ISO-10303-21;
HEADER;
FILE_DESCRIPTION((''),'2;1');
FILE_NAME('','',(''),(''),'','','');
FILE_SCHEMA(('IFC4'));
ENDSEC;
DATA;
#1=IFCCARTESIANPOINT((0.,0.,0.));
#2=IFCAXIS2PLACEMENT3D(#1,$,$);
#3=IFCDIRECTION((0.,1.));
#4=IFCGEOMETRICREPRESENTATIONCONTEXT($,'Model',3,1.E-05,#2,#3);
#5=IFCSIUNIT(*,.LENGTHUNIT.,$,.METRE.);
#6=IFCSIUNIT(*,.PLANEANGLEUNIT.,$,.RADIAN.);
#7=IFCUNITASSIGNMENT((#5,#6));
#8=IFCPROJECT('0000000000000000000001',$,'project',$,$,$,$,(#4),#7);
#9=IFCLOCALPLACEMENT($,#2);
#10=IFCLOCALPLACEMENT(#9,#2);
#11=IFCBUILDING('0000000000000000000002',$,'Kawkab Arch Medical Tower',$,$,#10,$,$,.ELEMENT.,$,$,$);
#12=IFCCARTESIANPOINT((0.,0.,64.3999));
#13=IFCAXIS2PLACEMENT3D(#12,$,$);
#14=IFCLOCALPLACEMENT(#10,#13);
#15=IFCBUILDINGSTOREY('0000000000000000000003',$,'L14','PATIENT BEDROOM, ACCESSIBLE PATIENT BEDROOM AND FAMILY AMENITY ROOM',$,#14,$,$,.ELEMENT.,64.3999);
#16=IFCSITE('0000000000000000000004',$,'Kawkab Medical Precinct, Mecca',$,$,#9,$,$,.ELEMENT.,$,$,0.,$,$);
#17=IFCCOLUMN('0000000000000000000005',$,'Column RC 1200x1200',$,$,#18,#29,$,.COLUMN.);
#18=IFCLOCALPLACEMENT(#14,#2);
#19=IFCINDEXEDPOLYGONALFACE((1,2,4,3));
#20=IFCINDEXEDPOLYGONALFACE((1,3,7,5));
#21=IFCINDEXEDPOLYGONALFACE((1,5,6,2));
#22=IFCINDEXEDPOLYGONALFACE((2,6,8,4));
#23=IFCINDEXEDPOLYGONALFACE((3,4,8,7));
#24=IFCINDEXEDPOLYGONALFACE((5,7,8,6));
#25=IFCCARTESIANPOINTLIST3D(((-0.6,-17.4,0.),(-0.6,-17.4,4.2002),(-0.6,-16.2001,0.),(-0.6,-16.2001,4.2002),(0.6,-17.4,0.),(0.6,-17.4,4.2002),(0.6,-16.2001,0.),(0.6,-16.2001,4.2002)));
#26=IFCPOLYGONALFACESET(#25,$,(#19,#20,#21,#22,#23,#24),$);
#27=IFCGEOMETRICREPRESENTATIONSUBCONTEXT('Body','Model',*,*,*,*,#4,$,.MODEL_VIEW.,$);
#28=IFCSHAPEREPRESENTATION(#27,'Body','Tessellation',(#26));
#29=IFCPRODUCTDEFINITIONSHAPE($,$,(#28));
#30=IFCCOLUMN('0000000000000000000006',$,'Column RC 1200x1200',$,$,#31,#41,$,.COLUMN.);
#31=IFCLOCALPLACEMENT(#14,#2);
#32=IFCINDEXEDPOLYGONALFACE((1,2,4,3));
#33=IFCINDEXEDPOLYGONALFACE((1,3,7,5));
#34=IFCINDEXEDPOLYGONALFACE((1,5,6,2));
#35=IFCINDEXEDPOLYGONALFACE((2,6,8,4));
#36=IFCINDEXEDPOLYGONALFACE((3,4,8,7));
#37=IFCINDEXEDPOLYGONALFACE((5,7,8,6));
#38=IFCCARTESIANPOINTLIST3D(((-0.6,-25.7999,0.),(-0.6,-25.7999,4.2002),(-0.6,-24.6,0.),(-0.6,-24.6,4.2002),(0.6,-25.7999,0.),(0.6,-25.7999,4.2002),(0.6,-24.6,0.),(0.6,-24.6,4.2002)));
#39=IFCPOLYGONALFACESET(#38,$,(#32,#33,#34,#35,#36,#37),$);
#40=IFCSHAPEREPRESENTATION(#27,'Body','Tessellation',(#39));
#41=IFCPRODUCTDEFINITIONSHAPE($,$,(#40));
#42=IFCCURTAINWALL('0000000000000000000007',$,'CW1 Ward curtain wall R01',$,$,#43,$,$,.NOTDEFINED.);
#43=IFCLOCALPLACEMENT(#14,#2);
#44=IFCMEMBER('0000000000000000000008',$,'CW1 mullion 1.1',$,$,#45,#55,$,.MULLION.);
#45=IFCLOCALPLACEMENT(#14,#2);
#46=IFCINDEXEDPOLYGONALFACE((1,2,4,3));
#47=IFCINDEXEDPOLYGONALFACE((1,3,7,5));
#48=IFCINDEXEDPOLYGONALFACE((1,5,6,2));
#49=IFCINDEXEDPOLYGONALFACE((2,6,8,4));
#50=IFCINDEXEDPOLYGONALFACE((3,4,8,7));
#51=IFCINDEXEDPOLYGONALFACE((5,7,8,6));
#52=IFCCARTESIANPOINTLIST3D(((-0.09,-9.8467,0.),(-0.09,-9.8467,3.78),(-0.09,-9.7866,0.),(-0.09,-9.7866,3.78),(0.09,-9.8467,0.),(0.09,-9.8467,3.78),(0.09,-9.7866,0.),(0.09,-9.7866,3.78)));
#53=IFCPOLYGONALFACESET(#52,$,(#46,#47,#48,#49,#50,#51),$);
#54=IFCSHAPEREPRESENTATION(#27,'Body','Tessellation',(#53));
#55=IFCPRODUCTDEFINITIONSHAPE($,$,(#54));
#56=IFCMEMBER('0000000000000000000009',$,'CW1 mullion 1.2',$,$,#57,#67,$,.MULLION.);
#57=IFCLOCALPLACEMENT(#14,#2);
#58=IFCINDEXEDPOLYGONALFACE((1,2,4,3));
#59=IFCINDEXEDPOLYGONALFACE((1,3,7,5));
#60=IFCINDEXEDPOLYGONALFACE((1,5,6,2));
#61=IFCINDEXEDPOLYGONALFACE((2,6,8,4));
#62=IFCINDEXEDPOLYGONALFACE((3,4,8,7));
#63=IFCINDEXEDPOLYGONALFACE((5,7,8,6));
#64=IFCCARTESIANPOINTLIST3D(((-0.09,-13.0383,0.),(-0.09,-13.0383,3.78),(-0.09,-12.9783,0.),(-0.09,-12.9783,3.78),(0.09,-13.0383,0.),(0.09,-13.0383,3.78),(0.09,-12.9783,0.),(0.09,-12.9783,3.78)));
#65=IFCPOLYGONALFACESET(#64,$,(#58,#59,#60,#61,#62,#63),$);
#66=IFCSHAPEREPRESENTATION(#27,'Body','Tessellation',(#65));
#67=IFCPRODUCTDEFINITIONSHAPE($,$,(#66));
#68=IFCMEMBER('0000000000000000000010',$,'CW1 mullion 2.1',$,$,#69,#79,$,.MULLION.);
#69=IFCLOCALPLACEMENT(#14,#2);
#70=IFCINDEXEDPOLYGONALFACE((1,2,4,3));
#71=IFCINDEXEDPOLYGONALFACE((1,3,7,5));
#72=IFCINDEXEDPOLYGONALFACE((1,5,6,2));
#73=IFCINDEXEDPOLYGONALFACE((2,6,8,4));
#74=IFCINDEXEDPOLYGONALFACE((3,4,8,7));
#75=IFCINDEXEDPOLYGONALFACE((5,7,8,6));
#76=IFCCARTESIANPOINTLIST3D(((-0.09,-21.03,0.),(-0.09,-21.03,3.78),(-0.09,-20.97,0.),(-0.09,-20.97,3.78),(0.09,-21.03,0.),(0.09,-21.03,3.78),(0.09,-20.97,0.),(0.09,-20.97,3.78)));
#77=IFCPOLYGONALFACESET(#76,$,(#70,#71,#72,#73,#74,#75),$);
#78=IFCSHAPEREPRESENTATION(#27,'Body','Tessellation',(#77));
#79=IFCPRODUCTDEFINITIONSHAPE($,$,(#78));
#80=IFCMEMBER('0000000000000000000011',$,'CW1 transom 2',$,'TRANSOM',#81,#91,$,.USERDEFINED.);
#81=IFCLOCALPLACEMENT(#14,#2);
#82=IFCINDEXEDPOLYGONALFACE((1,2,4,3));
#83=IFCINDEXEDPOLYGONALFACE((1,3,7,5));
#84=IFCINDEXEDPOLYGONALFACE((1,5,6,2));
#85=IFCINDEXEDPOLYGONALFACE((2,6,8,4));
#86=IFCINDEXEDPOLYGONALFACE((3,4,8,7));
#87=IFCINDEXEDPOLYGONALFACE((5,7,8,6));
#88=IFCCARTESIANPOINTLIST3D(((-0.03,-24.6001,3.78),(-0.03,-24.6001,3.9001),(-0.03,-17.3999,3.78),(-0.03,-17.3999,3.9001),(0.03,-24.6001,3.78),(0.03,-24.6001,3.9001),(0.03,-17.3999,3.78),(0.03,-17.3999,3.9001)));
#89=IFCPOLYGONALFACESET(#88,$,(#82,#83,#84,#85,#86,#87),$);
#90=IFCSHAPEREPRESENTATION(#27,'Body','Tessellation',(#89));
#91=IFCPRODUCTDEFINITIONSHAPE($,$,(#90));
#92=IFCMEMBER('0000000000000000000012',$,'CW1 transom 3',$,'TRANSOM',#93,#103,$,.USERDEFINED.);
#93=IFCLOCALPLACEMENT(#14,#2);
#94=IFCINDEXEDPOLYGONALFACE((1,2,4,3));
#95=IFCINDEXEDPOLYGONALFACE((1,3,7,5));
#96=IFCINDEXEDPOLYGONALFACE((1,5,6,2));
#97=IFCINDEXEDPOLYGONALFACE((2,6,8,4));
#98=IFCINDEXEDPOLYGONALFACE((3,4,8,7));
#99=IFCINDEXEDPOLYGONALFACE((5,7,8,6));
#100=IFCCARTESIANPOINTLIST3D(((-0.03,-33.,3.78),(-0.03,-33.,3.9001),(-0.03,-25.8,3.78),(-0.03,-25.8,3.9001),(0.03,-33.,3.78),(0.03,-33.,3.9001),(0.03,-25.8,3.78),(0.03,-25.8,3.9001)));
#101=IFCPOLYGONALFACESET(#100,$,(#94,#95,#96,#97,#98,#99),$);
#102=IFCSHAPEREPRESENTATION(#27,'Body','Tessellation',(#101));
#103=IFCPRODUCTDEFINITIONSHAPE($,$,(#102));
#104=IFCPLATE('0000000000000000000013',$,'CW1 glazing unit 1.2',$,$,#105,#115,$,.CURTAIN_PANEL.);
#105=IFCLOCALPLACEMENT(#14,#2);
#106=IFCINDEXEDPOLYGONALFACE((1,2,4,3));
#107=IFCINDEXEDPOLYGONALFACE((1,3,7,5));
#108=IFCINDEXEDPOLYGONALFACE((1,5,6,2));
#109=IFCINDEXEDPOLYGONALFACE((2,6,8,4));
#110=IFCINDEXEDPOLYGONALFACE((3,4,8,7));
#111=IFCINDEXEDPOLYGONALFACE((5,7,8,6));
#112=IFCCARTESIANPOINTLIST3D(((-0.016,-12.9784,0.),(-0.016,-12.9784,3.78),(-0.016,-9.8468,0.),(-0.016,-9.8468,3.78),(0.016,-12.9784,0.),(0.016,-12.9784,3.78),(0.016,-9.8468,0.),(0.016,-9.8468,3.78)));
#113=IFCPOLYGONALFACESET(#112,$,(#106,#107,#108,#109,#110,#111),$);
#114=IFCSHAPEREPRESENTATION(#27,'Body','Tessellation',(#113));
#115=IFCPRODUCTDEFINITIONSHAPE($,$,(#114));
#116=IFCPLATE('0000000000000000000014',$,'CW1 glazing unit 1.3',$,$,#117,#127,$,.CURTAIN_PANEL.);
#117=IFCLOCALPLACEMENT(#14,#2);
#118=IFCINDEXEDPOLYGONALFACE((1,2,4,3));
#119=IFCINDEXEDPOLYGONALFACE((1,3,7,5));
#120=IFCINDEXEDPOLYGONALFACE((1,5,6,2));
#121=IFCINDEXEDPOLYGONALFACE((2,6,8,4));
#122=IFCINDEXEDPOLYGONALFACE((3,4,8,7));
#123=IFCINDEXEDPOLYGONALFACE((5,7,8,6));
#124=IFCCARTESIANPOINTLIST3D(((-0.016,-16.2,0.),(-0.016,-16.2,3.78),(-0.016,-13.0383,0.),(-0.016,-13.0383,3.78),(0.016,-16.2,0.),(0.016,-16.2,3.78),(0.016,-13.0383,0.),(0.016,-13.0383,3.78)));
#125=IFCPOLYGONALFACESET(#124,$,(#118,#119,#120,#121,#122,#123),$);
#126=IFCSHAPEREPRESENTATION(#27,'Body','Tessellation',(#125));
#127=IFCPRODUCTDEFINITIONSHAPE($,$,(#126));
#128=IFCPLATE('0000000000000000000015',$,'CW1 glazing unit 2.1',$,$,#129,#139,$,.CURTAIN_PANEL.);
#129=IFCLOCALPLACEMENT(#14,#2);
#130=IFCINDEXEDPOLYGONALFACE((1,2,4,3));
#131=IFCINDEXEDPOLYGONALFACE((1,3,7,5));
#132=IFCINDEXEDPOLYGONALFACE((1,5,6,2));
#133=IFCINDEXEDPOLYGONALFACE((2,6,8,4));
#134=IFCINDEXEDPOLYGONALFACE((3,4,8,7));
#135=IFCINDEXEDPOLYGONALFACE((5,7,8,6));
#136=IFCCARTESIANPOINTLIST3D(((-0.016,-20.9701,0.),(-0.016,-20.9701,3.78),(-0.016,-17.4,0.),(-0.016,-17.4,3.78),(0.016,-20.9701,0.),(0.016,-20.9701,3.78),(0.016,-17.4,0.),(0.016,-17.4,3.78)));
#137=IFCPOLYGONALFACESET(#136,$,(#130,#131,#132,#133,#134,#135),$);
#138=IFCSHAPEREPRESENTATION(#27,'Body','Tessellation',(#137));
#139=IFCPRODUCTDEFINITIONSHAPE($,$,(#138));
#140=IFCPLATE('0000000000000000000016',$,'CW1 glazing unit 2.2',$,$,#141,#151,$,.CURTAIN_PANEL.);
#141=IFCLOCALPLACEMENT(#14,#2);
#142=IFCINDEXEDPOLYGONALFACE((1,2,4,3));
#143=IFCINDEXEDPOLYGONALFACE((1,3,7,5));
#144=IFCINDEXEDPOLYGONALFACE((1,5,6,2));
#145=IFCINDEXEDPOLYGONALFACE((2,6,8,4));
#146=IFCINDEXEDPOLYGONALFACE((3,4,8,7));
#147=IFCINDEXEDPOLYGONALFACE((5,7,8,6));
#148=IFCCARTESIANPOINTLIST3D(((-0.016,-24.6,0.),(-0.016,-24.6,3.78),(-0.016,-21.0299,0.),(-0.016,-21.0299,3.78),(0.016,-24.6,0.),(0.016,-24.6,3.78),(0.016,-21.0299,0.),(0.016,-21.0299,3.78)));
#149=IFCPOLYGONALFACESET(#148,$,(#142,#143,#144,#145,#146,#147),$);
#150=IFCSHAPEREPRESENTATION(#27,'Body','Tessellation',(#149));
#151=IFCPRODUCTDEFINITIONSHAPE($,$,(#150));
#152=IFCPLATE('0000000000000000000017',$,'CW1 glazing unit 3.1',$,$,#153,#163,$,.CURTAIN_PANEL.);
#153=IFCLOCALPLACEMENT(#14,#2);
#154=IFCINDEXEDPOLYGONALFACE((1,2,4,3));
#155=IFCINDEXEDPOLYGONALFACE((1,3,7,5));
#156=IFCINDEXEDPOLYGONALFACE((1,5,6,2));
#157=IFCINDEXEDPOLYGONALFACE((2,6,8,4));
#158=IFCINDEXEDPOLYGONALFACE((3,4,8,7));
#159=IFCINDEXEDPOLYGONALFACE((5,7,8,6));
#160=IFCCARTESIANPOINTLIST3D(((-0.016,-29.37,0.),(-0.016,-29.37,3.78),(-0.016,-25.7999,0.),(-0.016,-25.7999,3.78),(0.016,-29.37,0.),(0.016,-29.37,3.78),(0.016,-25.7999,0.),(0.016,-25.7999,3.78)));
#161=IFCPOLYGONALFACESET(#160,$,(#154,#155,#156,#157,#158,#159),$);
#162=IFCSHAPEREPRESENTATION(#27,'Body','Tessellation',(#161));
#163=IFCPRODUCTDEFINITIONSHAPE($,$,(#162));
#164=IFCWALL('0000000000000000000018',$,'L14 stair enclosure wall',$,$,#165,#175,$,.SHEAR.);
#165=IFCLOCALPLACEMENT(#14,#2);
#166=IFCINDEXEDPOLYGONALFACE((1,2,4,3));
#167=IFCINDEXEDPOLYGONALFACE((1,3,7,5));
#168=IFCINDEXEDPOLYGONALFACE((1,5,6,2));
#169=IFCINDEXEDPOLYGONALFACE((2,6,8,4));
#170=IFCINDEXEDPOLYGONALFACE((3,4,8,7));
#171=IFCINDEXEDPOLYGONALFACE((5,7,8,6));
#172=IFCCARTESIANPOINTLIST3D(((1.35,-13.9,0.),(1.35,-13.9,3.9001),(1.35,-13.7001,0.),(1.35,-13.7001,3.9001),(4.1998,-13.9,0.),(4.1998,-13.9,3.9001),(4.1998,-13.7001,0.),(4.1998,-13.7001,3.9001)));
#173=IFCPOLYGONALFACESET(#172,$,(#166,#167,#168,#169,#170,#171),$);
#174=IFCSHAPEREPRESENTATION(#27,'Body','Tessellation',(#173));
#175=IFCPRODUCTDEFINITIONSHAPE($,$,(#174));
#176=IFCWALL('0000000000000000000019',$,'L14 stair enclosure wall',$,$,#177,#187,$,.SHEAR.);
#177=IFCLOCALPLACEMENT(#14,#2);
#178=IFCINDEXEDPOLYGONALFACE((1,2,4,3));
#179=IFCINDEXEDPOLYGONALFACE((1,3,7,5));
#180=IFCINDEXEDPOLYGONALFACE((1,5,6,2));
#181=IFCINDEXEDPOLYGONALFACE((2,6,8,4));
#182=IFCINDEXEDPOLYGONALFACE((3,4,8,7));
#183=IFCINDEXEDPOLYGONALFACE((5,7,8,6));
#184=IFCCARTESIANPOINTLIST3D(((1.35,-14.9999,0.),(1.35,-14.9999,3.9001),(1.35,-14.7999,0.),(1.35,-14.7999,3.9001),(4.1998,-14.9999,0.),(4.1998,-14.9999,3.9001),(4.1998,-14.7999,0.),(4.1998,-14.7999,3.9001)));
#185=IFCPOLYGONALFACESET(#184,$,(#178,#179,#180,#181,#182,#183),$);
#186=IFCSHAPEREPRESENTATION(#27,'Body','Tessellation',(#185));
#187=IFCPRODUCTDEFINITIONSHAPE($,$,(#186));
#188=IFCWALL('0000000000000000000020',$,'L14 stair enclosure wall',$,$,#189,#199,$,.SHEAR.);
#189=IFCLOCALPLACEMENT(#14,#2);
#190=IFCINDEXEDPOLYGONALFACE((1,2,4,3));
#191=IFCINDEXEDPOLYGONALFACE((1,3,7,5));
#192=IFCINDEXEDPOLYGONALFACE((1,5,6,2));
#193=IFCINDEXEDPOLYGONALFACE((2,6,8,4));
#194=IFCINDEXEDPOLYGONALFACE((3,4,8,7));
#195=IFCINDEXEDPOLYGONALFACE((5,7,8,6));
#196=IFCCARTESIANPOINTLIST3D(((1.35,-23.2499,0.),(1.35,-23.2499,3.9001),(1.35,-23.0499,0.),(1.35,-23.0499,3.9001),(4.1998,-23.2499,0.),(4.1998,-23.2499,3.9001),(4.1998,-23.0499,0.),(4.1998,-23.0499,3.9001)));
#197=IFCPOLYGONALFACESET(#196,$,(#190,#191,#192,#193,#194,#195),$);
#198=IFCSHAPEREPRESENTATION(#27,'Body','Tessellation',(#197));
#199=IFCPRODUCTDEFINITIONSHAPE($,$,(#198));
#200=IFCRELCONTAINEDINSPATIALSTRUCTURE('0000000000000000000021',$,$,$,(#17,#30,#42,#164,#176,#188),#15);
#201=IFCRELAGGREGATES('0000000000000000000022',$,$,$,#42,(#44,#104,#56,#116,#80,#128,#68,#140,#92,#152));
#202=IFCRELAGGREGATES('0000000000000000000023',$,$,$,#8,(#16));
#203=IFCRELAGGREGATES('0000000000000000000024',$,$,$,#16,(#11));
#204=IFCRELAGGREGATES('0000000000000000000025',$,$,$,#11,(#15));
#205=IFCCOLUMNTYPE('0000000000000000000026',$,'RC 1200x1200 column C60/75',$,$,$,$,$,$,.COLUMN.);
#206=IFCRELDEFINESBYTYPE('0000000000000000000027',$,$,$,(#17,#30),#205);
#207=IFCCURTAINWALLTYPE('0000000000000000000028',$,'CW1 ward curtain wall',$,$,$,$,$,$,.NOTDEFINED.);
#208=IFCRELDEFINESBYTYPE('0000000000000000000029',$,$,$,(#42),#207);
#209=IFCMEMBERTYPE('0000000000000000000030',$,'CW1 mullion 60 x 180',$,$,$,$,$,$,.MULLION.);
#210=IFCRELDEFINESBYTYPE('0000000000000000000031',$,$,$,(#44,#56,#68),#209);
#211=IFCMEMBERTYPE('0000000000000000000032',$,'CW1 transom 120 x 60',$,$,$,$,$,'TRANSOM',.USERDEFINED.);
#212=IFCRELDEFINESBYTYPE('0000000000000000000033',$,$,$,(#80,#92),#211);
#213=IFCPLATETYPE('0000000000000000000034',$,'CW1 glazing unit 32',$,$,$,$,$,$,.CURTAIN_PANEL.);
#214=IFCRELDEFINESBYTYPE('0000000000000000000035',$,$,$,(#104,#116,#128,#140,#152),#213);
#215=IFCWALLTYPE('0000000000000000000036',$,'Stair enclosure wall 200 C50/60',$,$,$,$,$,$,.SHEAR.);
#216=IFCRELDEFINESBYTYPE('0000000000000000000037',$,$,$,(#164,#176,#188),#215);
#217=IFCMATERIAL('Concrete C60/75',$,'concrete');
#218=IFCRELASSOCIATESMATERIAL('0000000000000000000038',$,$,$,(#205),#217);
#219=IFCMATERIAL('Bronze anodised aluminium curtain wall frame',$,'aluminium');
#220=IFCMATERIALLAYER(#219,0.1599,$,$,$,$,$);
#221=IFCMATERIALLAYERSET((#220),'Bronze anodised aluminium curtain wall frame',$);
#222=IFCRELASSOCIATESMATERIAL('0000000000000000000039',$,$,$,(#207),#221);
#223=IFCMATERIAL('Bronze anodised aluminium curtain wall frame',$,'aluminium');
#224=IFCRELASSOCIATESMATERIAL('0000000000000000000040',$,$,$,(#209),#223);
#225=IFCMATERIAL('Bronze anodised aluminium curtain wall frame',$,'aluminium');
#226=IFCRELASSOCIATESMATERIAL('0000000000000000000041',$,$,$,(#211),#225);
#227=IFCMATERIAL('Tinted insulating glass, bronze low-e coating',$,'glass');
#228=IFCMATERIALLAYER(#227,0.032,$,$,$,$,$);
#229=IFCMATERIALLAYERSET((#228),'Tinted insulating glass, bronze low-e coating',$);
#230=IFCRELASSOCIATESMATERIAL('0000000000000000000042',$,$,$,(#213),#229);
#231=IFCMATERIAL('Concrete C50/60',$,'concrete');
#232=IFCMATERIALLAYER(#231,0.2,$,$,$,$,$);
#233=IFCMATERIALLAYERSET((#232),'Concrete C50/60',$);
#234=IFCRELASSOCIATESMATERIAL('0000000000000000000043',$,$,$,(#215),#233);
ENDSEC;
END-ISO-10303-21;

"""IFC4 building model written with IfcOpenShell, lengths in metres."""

from ifc_helpers import new_model, si_unit, direction, frame, frame_2d, origin, origin_2d, place, context, subcontext, project, spatial, rectangle, extrude, material, layer, layer_set, material_profile, profile_set, type_object, element, aggregate, save


model = new_model("IFC4")

# Units and contexts
model_context = context("Model", 3, precision=1e-05, world=origin(), true_north=direction((0.0, 1.0)))
body_context = subcontext(model_context, "Body", "Model", "MODEL_VIEW")
ifc_project = project(units=[si_unit("LENGTHUNIT", "METRE"), si_unit("PLANEANGLEUNIT", "RADIAN")], contexts=[model_context])

# Site, building, storey
site_placement = place(None, origin())
site = spatial("IfcSite", under=ifc_project, at=site_placement, Name="Kawkab Medical Precinct, Mecca", CompositionType="ELEMENT", RefElevation=0.0)
building_placement = place(site_placement, origin())
building = spatial("IfcBuilding", under=site, at=building_placement, Name="Kawkab Arch Medical Tower", CompositionType="ELEMENT")
storey_placement = place(building_placement, frame((0.0, 0.0, 64.3999)))
storey = spatial("IfcBuildingStorey", under=building, at=storey_placement, Name="L14", Description="PATIENT BEDROOM, ACCESSIBLE PATIENT BEDROOM AND FAMILY AMENITY ROOM", CompositionType="ELEMENT", Elevation=64.3999)

# Columns
ifc_material_1 = material(Name="Concrete C60/75", Category="concrete")
ifc_material_profile_1 = material_profile(ifc_material_1, rectangle(XDim=1.2, YDim=1.2, at=origin_2d()), Name="RC 1200x1200")
ifc_profile_set_1 = profile_set([ifc_material_profile_1], Name="Concrete C60/75")
column_type = type_object("IfcColumnType", Name="RC 1200x1200 column C60/75", PredefinedType="COLUMN", material=ifc_profile_set_1)
for number, where, z_axis, x_axis, name in (
    (1, (0.0, -16.8, 0.0), (0.0, 0.0, 1.0), (1.0, 0.0, 0.0), "Column RC 1200x1200"),
    (2, (0.0, -25.2, 0.0), (0.0, 0.0, 1.0), (1.0, 0.0, 0.0), "Column RC 1200x1200"),
):
    element("IfcColumn", number, at=place(storey_placement, frame(where, z_axis=z_axis, x_axis=x_axis)), inside=storey, type_object=column_type, Name=name, PredefinedType="COLUMN", context=body_context, shape_type="SweptSolid", body=[
        extrude(rectangle(XDim=1.2, YDim=1.2, at=origin_2d()), origin(), (0.0, 0.0, 1.0), 4.2002),
    ])

# Curtain wall, members, plates
ifc_material_2 = material(Name="Bronze anodised aluminium curtain wall frame", Category="aluminium")
ifc_layer_1 = layer(ifc_material_2, 0.1599)
ifc_layer_set_1 = layer_set([ifc_layer_1], Name="Bronze anodised aluminium curtain wall frame")
curtain_wall_type = type_object("IfcCurtainWallType", Name="CW1 ward curtain wall", PredefinedType="NOTDEFINED", material=ifc_layer_set_1)
placement = place(storey_placement, origin())
curtain_wall = element("IfcCurtainWall", 3, at=placement, inside=storey, type_object=curtain_wall_type, Name="CW1 Ward curtain wall R01", PredefinedType="NOTDEFINED")
ifc_material_3 = material(Name="Bronze anodised aluminium curtain wall frame", Category="aluminium")
ifc_material_profile_2 = material_profile(ifc_material_3, rectangle(XDim=0.1799, YDim=0.0601, at=origin_2d()), Name="AL 60x180")
ifc_profile_set_2 = profile_set([ifc_material_profile_2], Name="Bronze anodised aluminium curtain wall frame")
member_type_1 = type_object("IfcMemberType", Name="CW1 mullion 60 x 180", PredefinedType="MULLION", material=ifc_profile_set_2)
member_1_placement = place(storey_placement, frame((0.0, -9.8167, 0.0), z_axis=(0.0, 0.0, 1.0), x_axis=(1.0, 0.0, 0.0)))
member_1 = element("IfcMember", 4, at=member_1_placement, type_object=member_type_1, Name="CW1 mullion 1.1", PredefinedType="MULLION", context=body_context, shape_type="SweptSolid", body=[
    extrude(rectangle(XDim=0.1799, YDim=0.0601, at=origin_2d()), origin(), (0.0, 0.0, 1.0), 3.78),
])
member_2_placement = place(storey_placement, frame((0.0, -13.0083, 0.0), z_axis=(0.0, 0.0, 1.0), x_axis=(1.0, 0.0, 0.0)))
member_2 = element("IfcMember", 5, at=member_2_placement, type_object=member_type_1, Name="CW1 mullion 1.2", PredefinedType="MULLION", context=body_context, shape_type="SweptSolid", body=[
    extrude(rectangle(XDim=0.1799, YDim=0.0601, at=origin_2d()), origin(), (0.0, 0.0, 1.0), 3.78),
])
member_3_placement = place(storey_placement, frame((0.0, -21.0, 0.0), z_axis=(0.0, 0.0, 1.0), x_axis=(1.0, 0.0, 0.0)))
member_3 = element("IfcMember", 6, at=member_3_placement, type_object=member_type_1, Name="CW1 mullion 2.1", PredefinedType="MULLION", context=body_context, shape_type="SweptSolid", body=[
    extrude(rectangle(XDim=0.1799, YDim=0.0601, at=origin_2d()), origin(), (0.0, 0.0, 1.0), 3.78),
])
ifc_material_4 = material(Name="Bronze anodised aluminium curtain wall frame", Category="aluminium")
ifc_material_profile_3 = material_profile(ifc_material_4, rectangle(XDim=0.0601, YDim=0.1201, at=origin_2d()), Name="AL 60x120")
ifc_profile_set_3 = profile_set([ifc_material_profile_3], Name="Bronze anodised aluminium curtain wall frame")
member_type_2 = type_object("IfcMemberType", Name="CW1 transom 120 x 60", ElementType="TRANSOM", PredefinedType="USERDEFINED", material=ifc_profile_set_3)
member_4_placement = place(storey_placement, frame((0.0, -17.3999, 3.8401), z_axis=(0.0, -1.0, 0.0), x_axis=(1.0, 0.0, 0.0)))
member_4 = element("IfcMember", 7, at=member_4_placement, type_object=member_type_2, Name="CW1 transom 2", ObjectType="TRANSOM", PredefinedType="USERDEFINED", context=body_context, shape_type="SweptSolid", body=[
    extrude(rectangle(XDim=0.0601, YDim=0.1201, at=origin_2d()), origin(), (0.0, 0.0, 1.0), 7.2002),
])
member_5_placement = place(storey_placement, frame((0.0, -25.8, 3.8401), z_axis=(0.0, -1.0, 0.0), x_axis=(1.0, 0.0, 0.0)))
member_5 = element("IfcMember", 8, at=member_5_placement, type_object=member_type_2, Name="CW1 transom 3", ObjectType="TRANSOM", PredefinedType="USERDEFINED", context=body_context, shape_type="SweptSolid", body=[
    extrude(rectangle(XDim=0.0601, YDim=0.1201, at=origin_2d()), origin(), (0.0, 0.0, 1.0), 7.2),
])
ifc_material_5 = material(Name="Tinted insulating glass, bronze low-e coating", Category="glass")
ifc_layer_2 = layer(ifc_material_5, 0.032)
ifc_layer_set_2 = layer_set([ifc_layer_2], Name="Tinted insulating glass, bronze low-e coating")
plate_type = type_object("IfcPlateType", Name="CW1 glazing unit 32", PredefinedType="CURTAIN_PANEL", material=ifc_layer_set_2)
plate_1_placement = place(storey_placement, frame((0.0, -11.4126, 0.0), z_axis=(0.0, 0.0, 1.0), x_axis=(0.0, -1.0, 0.0)))
plate_1 = element("IfcPlate", 9, at=plate_1_placement, type_object=plate_type, Name="CW1 glazing unit 1.2", PredefinedType="CURTAIN_PANEL", context=body_context, shape_type="SweptSolid", body=[
    extrude(rectangle(XDim=3.1316, YDim=0.032, at=origin_2d()), origin(), (0.0, 0.0, 1.0), 3.78),
])
plate_2_placement = place(storey_placement, frame((0.0, -14.6191, 0.0), z_axis=(0.0, 0.0, 1.0), x_axis=(0.0, -1.0, 0.0)))
plate_2 = element("IfcPlate", 10, at=plate_2_placement, type_object=plate_type, Name="CW1 glazing unit 1.3", PredefinedType="CURTAIN_PANEL", context=body_context, shape_type="SweptSolid", body=[
    extrude(rectangle(XDim=3.1616, YDim=0.032, at=origin_2d()), origin(), (0.0, 0.0, 1.0), 3.78),
])
plate_3_placement = place(storey_placement, frame((0.0, -19.1851, 0.0), z_axis=(0.0, 0.0, 1.0), x_axis=(0.0, -1.0, 0.0)))
plate_3 = element("IfcPlate", 11, at=plate_3_placement, type_object=plate_type, Name="CW1 glazing unit 2.1", PredefinedType="CURTAIN_PANEL", context=body_context, shape_type="SweptSolid", body=[
    extrude(rectangle(XDim=3.5701, YDim=0.032, at=origin_2d()), origin(), (0.0, 0.0, 1.0), 3.78),
])
plate_4_placement = place(storey_placement, frame((0.0, -22.8149, 0.0), z_axis=(0.0, 0.0, 1.0), x_axis=(0.0, -1.0, 0.0)))
plate_4 = element("IfcPlate", 12, at=plate_4_placement, type_object=plate_type, Name="CW1 glazing unit 2.2", PredefinedType="CURTAIN_PANEL", context=body_context, shape_type="SweptSolid", body=[
    extrude(rectangle(XDim=3.5701, YDim=0.032, at=origin_2d()), origin(), (0.0, 0.0, 1.0), 3.78),
])
plate_5_placement = place(storey_placement, frame((0.0, -27.585, 0.0), z_axis=(0.0, 0.0, 1.0), x_axis=(0.0, -1.0, 0.0)))
plate_5 = element("IfcPlate", 13, at=plate_5_placement, type_object=plate_type, Name="CW1 glazing unit 3.1", PredefinedType="CURTAIN_PANEL", context=body_context, shape_type="SweptSolid", body=[
    extrude(rectangle(XDim=3.5701, YDim=0.032, at=origin_2d()), origin(), (0.0, 0.0, 1.0), 3.78),
])
aggregate(curtain_wall, [member_1, plate_1, member_2, plate_2, member_4, plate_3, member_3, plate_4, member_5, plate_5])

# Walls
ifc_material_6 = material(Name="Concrete C50/60", Category="concrete")
ifc_layer_3 = layer(ifc_material_6, 0.2)
ifc_layer_set_3 = layer_set([ifc_layer_3], Name="Concrete C50/60")
wall_type_1 = type_object("IfcWallType", Name="Stair enclosure wall 200 C50/60", PredefinedType="SHEAR", material=ifc_layer_set_3)
for number, where, z_axis, x_axis, name in (
    (14, (1.3501, -13.8, 0.0), (0.0, 0.0, 1.0), (1.0, 0.0, 0.0), "L14 stair enclosure wall"),
    (15, (1.3501, -14.8999, 0.0), (0.0, 0.0, 1.0), (1.0, 0.0, 0.0), "L14 stair enclosure wall"),
    (16, (1.3501, -23.1499, 0.0), (0.0, 0.0, 1.0), (1.0, 0.0, 0.0), "L14 stair enclosure wall"),
):
    element("IfcWall", number, at=place(storey_placement, frame(where, z_axis=z_axis, x_axis=x_axis)), inside=storey, type_object=wall_type_1, Name=name, PredefinedType="SHEAR", context=body_context, shape_type="SweptSolid", body=[
        extrude(rectangle(XDim=2.8499, YDim=0.2, at=frame_2d((1.4248, 0.0))), origin(), (0.0, 0.0, 1.0), 3.9001),
    ])

save(model, "model.ifc")
